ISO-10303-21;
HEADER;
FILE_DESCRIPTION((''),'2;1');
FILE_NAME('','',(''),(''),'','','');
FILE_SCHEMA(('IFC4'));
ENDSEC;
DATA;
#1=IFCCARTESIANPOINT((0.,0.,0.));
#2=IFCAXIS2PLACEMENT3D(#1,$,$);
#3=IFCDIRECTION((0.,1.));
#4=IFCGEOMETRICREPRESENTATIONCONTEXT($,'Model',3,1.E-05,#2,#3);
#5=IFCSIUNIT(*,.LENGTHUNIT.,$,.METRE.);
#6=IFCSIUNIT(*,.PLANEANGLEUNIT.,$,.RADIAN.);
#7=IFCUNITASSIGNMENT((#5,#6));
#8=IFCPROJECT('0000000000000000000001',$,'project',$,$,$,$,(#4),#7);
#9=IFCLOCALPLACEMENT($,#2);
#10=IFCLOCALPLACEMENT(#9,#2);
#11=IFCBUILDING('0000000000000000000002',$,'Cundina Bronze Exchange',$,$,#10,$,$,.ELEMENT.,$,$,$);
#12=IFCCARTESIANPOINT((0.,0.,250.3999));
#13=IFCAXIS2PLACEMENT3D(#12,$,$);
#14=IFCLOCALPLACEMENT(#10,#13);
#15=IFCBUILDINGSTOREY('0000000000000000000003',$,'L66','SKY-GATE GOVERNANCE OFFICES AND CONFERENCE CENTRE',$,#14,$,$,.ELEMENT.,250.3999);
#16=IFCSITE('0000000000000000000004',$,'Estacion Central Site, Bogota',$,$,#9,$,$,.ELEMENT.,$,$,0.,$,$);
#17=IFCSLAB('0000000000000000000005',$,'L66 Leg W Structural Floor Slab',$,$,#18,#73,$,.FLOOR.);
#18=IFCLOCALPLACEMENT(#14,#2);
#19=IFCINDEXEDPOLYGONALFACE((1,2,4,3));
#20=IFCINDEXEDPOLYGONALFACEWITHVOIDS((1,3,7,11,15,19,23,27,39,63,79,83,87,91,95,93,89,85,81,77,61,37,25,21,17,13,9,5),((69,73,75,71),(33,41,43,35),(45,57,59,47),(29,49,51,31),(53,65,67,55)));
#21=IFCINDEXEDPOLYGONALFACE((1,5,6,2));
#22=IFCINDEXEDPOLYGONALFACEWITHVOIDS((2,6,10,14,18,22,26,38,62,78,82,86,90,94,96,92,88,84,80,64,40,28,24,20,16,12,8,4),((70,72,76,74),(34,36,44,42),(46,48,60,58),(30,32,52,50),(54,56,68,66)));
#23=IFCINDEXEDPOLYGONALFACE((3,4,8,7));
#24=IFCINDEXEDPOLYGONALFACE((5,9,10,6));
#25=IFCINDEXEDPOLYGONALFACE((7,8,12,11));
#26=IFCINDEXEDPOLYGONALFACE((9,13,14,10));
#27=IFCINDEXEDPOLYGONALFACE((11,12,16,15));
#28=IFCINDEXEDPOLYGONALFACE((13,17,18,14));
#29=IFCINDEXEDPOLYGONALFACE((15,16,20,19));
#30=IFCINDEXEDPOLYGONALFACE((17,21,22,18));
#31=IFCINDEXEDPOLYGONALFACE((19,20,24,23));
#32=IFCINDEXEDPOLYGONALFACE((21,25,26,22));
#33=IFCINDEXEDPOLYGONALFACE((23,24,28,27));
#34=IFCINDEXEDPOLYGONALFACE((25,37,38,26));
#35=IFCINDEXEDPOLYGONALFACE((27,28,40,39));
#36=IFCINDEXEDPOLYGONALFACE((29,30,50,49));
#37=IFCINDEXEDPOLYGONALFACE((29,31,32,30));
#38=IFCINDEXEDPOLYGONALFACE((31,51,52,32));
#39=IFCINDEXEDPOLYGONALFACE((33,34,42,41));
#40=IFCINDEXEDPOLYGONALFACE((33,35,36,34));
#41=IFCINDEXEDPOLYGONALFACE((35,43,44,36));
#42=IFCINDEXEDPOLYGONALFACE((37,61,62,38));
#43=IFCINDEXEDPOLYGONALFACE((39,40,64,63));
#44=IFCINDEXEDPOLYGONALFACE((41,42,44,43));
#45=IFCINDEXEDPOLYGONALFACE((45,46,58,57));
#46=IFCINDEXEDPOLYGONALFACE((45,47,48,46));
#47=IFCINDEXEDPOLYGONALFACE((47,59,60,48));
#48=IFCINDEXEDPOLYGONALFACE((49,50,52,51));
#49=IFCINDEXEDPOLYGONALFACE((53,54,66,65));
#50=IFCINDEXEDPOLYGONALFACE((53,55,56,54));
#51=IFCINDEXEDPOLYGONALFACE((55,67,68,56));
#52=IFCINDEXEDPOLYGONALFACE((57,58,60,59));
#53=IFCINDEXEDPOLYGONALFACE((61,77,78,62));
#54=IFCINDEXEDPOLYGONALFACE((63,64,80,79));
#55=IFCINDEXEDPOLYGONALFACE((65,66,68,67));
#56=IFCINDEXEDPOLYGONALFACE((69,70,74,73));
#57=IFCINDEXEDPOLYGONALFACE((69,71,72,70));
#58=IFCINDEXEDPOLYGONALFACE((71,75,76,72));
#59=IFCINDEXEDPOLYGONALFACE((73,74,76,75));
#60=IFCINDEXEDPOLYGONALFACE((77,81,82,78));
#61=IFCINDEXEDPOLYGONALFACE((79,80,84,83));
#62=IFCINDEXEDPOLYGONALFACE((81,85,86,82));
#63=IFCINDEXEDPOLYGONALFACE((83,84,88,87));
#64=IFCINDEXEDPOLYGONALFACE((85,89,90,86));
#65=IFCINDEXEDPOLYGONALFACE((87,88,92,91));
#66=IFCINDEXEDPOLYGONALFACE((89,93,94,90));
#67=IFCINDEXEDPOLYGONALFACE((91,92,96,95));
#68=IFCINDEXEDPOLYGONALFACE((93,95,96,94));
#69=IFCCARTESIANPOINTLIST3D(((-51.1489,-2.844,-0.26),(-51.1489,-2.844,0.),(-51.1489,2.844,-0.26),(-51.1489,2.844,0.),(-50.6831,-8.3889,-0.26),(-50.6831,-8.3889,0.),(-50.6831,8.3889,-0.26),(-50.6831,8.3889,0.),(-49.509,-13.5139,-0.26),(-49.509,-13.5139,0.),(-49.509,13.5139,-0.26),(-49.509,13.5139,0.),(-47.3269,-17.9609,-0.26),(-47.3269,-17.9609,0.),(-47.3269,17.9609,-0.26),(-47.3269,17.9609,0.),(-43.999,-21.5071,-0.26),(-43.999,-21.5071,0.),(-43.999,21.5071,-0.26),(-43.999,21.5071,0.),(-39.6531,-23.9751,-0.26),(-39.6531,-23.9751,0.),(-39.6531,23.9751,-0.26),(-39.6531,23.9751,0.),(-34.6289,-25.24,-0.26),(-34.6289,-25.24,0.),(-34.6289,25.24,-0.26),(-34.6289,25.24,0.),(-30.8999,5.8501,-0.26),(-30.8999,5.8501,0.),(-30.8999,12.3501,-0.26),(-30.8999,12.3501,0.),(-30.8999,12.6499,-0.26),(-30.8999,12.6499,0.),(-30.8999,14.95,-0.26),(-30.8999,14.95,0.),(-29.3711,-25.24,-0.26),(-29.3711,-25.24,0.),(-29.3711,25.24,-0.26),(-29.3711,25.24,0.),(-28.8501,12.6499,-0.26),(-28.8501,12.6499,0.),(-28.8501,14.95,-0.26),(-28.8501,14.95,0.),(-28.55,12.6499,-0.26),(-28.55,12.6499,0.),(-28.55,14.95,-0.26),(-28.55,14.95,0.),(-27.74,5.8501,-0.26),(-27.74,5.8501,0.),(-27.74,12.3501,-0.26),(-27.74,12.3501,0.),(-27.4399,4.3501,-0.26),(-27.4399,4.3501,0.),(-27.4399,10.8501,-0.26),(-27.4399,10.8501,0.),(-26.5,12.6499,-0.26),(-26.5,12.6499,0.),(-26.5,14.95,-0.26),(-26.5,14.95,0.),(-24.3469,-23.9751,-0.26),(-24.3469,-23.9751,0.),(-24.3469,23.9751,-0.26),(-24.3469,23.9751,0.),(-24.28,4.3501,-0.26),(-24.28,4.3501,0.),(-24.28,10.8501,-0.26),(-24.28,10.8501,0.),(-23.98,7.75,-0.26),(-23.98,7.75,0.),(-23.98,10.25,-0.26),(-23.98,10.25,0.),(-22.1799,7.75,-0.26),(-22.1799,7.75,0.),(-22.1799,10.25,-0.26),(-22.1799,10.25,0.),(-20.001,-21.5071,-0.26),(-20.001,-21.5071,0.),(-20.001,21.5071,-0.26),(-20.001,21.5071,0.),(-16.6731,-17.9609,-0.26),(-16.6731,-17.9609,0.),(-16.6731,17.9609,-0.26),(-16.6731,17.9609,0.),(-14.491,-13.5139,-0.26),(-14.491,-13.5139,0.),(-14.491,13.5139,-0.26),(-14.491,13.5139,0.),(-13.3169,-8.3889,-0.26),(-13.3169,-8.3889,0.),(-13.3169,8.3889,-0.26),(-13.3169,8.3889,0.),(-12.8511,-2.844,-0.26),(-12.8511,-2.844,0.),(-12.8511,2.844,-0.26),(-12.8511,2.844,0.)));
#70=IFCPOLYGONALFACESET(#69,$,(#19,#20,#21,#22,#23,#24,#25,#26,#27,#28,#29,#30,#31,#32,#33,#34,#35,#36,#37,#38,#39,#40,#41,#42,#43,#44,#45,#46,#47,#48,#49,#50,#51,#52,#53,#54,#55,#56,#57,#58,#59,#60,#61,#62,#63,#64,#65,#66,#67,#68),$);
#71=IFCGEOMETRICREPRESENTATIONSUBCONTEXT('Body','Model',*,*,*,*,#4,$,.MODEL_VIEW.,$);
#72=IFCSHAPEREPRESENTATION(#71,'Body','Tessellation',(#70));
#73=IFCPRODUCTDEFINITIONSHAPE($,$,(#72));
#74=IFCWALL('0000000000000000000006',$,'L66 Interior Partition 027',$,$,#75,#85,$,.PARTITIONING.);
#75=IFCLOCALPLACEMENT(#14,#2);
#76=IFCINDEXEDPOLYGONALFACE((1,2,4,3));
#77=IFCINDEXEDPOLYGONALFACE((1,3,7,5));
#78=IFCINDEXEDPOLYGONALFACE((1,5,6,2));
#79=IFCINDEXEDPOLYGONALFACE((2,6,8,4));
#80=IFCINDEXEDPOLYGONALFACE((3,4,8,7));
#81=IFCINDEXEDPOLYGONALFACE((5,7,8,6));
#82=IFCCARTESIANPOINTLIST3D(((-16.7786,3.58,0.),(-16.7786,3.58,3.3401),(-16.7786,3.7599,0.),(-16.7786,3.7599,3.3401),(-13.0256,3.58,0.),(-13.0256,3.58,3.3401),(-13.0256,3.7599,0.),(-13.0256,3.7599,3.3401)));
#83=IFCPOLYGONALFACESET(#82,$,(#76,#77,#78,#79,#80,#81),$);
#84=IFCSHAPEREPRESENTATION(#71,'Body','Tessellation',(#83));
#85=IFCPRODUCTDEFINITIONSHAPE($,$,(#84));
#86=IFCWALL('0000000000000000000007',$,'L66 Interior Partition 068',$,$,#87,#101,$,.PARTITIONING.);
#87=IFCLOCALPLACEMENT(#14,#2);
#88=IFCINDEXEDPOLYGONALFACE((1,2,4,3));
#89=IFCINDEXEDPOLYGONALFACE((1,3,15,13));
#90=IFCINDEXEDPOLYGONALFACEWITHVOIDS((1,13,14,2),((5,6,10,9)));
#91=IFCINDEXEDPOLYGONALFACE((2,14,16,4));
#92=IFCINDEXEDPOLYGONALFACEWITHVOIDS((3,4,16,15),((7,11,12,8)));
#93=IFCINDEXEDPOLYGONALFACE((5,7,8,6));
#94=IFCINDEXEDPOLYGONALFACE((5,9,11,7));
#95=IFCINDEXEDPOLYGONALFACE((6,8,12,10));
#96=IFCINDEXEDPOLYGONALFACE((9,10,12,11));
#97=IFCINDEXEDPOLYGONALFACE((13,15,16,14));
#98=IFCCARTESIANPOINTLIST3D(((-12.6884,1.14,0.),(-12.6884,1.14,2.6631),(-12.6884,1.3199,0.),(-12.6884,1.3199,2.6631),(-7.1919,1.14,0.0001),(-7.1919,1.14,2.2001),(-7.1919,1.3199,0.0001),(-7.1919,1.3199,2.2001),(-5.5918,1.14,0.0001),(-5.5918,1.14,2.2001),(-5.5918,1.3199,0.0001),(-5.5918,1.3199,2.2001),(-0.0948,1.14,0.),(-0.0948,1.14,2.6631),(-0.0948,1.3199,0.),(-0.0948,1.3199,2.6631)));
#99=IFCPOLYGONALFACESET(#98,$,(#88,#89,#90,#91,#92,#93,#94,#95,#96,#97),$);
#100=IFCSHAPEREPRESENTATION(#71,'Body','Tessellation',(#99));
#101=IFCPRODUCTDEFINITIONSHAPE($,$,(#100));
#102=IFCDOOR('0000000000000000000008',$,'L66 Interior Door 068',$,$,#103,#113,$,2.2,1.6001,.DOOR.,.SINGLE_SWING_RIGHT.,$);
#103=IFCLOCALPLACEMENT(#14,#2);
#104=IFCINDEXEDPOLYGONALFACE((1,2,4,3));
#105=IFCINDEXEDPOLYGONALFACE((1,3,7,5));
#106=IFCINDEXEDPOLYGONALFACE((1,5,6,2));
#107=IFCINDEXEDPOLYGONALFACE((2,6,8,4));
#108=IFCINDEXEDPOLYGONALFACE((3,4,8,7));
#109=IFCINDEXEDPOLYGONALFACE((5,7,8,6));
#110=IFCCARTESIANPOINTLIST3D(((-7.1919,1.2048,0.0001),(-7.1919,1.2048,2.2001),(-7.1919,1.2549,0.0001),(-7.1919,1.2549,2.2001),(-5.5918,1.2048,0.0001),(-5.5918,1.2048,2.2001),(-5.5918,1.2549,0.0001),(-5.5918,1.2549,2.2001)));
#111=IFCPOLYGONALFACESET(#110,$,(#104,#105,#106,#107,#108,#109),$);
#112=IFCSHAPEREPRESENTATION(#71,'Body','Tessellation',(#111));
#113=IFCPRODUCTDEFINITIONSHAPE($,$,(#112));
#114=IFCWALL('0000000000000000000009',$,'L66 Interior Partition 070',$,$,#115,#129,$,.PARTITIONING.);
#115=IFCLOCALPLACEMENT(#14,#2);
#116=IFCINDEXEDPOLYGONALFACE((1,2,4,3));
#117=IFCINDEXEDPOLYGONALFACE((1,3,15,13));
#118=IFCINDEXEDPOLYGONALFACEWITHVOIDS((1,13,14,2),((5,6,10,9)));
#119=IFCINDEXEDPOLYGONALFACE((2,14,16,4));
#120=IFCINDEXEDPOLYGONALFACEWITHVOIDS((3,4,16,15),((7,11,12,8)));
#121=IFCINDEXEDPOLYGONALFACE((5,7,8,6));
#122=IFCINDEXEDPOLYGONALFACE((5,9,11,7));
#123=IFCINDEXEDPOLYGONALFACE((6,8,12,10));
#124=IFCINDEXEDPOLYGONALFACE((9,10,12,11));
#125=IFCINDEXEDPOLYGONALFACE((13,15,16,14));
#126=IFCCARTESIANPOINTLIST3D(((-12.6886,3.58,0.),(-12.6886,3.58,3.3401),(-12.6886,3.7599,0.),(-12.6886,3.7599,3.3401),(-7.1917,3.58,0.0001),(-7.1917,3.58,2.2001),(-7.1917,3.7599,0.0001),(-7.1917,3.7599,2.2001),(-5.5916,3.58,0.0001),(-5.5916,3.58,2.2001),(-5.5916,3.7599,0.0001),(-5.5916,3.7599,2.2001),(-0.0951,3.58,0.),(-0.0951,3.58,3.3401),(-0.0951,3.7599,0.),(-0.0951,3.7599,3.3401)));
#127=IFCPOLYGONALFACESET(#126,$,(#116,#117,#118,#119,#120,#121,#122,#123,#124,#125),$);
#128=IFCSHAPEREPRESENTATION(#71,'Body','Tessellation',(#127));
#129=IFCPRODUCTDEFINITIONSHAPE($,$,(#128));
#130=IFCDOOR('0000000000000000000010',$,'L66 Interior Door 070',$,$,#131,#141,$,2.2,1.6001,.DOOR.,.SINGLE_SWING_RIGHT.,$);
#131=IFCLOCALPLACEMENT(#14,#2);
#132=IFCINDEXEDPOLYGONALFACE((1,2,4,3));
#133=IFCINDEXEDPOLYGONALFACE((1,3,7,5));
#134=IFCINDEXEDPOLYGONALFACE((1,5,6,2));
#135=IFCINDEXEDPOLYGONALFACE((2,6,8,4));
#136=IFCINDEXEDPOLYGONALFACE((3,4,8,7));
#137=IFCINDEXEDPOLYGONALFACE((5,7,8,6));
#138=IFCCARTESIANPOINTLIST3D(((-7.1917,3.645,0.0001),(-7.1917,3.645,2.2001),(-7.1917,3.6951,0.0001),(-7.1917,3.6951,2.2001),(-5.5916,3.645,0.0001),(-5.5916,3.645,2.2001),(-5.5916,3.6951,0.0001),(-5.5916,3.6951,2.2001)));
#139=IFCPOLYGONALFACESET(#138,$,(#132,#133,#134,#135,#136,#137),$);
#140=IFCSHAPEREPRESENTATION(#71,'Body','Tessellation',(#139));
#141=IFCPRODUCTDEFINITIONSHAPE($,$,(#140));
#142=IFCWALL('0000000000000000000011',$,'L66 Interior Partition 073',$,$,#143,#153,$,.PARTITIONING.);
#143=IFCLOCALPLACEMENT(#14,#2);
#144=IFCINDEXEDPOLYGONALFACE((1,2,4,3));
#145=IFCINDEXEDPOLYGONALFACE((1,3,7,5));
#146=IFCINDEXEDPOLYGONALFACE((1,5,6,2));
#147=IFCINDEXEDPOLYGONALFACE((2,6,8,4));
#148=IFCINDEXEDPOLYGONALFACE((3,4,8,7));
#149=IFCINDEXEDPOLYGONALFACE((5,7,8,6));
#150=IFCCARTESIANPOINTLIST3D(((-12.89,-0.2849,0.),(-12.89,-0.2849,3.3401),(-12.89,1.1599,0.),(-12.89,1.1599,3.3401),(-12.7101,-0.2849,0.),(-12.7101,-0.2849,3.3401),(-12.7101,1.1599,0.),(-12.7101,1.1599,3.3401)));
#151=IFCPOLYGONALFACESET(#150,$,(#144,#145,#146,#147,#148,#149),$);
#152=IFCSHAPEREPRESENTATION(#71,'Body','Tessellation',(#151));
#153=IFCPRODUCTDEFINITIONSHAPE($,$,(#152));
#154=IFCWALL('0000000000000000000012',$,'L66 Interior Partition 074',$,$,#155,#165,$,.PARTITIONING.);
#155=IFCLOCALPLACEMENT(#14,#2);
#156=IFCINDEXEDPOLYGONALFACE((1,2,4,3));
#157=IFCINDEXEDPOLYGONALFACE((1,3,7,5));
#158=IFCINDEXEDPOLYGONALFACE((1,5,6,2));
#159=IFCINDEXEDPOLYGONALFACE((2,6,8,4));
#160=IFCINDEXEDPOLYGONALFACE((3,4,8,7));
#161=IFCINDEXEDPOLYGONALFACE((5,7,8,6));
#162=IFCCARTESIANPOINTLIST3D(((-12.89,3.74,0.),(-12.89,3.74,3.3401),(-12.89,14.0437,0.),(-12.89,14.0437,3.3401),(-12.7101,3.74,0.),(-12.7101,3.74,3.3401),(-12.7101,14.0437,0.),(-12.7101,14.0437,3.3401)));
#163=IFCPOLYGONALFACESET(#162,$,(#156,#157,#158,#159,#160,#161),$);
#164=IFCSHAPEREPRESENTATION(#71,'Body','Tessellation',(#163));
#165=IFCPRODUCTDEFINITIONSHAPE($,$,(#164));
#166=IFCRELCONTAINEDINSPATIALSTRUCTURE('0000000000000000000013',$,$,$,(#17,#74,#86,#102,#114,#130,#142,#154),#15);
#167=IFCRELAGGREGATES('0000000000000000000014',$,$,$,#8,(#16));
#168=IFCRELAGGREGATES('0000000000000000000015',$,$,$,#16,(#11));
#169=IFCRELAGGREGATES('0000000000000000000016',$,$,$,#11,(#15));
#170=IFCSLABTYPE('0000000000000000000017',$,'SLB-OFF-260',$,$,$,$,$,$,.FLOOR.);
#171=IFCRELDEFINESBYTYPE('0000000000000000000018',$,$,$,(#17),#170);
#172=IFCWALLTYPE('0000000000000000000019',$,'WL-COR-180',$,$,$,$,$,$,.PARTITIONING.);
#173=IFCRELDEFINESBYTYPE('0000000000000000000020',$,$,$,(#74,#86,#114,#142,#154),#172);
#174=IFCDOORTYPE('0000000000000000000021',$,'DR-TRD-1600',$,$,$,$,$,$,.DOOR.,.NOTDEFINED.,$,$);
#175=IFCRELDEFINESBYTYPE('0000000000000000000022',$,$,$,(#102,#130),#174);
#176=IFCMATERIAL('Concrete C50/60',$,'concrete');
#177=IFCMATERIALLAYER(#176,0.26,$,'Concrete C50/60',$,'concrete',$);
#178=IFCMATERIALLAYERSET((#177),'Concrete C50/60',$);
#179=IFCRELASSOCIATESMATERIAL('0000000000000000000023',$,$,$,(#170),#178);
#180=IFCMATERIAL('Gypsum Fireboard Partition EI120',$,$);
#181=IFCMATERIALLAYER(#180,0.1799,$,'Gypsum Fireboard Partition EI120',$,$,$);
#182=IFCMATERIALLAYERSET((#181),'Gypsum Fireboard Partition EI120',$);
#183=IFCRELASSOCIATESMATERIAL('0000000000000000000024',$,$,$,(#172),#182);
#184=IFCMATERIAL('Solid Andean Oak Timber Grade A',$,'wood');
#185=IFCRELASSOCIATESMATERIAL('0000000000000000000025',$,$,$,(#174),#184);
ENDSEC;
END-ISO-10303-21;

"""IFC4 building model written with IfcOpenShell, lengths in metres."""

from ifc_helpers import new_model, si_unit, direction, frame, frame_2d, origin, place, context, subcontext, project, spatial, polyline, rectangle, outline, extrude, material, layer, layer_set, type_object, element, fill, save


model = new_model("IFC4")

# Units and contexts
model_context = context("Model", 3, precision=1e-05, world=origin(), true_north=direction((0.0, 1.0)))
body_context = subcontext(model_context, "Body", "Model", "MODEL_VIEW")
ifc_project = project(units=[si_unit("LENGTHUNIT", "METRE"), si_unit("PLANEANGLEUNIT", "RADIAN")], contexts=[model_context])

# Site, building, storey
site_placement = place(None, origin())
site = spatial("IfcSite", under=ifc_project, at=site_placement, Name="Estacion Central Site, Bogota", CompositionType="ELEMENT", RefElevation=0.0)
building_placement = place(site_placement, origin())
building = spatial("IfcBuilding", under=site, at=building_placement, Name="Cundina Bronze Exchange", CompositionType="ELEMENT")
storey_placement = place(building_placement, frame((0.0, 0.0, 250.3999)))
storey = spatial("IfcBuildingStorey", under=building, at=storey_placement, Name="L66", Description="SKY-GATE GOVERNANCE OFFICES AND CONFERENCE CENTRE", CompositionType="ELEMENT", Elevation=250.3999)

# Shared definitions
ifc_material_1 = material(Name="Concrete C50/60", Category="concrete")

# Slab
ifc_layer_1 = layer(ifc_material_1, 0.26, Name="Concrete C50/60", Category="concrete")
ifc_layer_set_1 = layer_set([ifc_layer_1], Name="Concrete C50/60")
slab_type = type_object("IfcSlabType", Name="SLB-OFF-260", PredefinedType="FLOOR", material=ifc_layer_set_1)
slab_placement = place(storey_placement, frame((0.0, 0.0, -0.26)))
element("IfcSlab", 1, at=slab_placement, inside=storey, type_object=slab_type, Name="L66 Leg W Structural Floor Slab", PredefinedType="FLOOR", context=body_context, shape_type="SweptSolid", body=[
    extrude(outline(polyline([(-12.8511, 2.844), (-13.3169, 8.3889), (-14.491, 13.5139), (-16.6731, 17.9609), (-20.001, 21.5071), (-24.3469, 23.9751), (-29.3711, 25.24), (-34.6289, 25.24), (-39.6531, 23.9751), (-43.999, 21.5071), (-47.3269, 17.9609), (-49.509, 13.5139), (-50.6831, 8.3889), (-51.1489, 2.844), (-51.1489, -2.844), (-50.6831, -8.3889), (-49.509, -13.5139), (-47.3269, -17.9609), (-43.999, -21.5071), (-39.6531, -23.9751), (-34.6289, -25.24), (-29.3711, -25.24), (-24.3469, -23.9751), (-20.001, -21.5071), (-16.6731, -17.9609), (-14.491, -13.5139), (-13.3169, -8.3889), (-12.8511, -2.844), (-12.8511, 2.844)]), holes=[polyline([(-27.74, 5.8501), (-27.74, 12.3501), (-30.8999, 12.3501), (-30.8999, 5.8501), (-27.74, 5.8501)]), polyline([(-27.4399, 10.8501), (-27.4399, 4.3501), (-24.28, 4.3501), (-24.28, 10.8501), (-27.4399, 10.8501)]), polyline([(-23.98, 10.25), (-22.1799, 10.25), (-22.1799, 7.75), (-23.98, 7.75), (-23.98, 10.25)]), polyline([(-30.8999, 14.95), (-28.8501, 14.95), (-28.8501, 12.6499), (-30.8999, 12.6499), (-30.8999, 14.95)]), polyline([(-28.55, 14.95), (-26.5, 14.95), (-26.5, 12.6499), (-28.55, 12.6499), (-28.55, 14.95)])]), origin(), (0.0, 0.0, 1.0), 0.26),
])

# Wall
ifc_material_2 = material(Name="Gypsum Fireboard Partition EI120")
ifc_layer_2 = layer(ifc_material_2, 0.1799, Name="Gypsum Fireboard Partition EI120")
ifc_layer_set_2 = layer_set([ifc_layer_2], Name="Gypsum Fireboard Partition EI120")
wall_type = type_object("IfcWallType", Name="WL-COR-180", PredefinedType="PARTITIONING", material=ifc_layer_set_2)
wall_1_placement = place(storey_placement, frame((-13.0256, 3.6699, 0.0), z_axis=(0.0, 0.0, 1.0), x_axis=(-1.0, 0.0, 0.0)))
element("IfcWall", 2, at=wall_1_placement, inside=storey, type_object=wall_type, Name="L66 Interior Partition 027", PredefinedType="PARTITIONING", context=body_context, shape_type="SweptSolid", body=[
    extrude(rectangle(XDim=3.7529, YDim=0.1799, at=frame_2d((1.8765, 0.0))), origin(), (0.0, 0.0, 1.0), 3.3401),
])

# Walls, openings, doors
wall_2_placement = place(storey_placement, frame((-12.6885, 1.23, 0.0), z_axis=(0.0, 0.0, 1.0), x_axis=(1.0, 0.0, 0.0)))
wall_2 = element("IfcWall", 3, at=wall_2_placement, inside=storey, type_object=wall_type, Name="L66 Interior Partition 068", PredefinedType="PARTITIONING", context=body_context, shape_type="SweptSolid", body=[
    extrude(rectangle(XDim=12.5935, YDim=0.1799, at=frame_2d((6.2969, 0.0))), origin(), (0.0, 0.0, 1.0), 2.6631),
])
opening_1_placement = place(wall_2_placement, frame((5.4966, 0.0, 0.0)))
opening_1 = element("IfcOpeningElement", 4, at=opening_1_placement, cuts=wall_2, PredefinedType="OPENING", context=body_context, shape_type="SweptSolid", body=[
    extrude(rectangle(XDim=1.6001, YDim=2.2, at=frame_2d((0.8, 1.1001))), frame((0.0, 0.0999, 0.0), z_axis=(0.0, -1.0, 0.0), x_axis=(1.0, 0.0, 0.0)), (0.0, 0.0, 1.0), 0.2),
])
ifc_material_3 = material(Name="Solid Andean Oak Timber Grade A", Category="wood")
door_type_1 = type_object("IfcDoorType", Name="DR-TRD-1600", OperationType="NOTDEFINED", PredefinedType="DOOR", material=ifc_material_3)
door_1_placement = place(opening_1_placement, origin())
door_1 = element("IfcDoor", 5, at=door_1_placement, inside=storey, type_object=door_type_1, Name="L66 Interior Door 068", OperationType="SINGLE_SWING_RIGHT", OverallHeight=2.2, OverallWidth=1.6001, PredefinedType="DOOR", context=body_context, shape_type="SweptSolid", body=[
    extrude(rectangle(XDim=1.6001, YDim=2.2, at=frame_2d((0.8, 1.1001))), frame((0.0, 0.0249, 0.0), z_axis=(0.0, -1.0, 0.0), x_axis=(1.0, 0.0, 0.0)), (0.0, 0.0, 1.0), 0.05),
])
fill(opening_1, door_1)
wall_3_placement = place(storey_placement, frame((-0.095, 3.6699, 0.0), z_axis=(0.0, 0.0, 1.0), x_axis=(-1.0, 0.0, 0.0)))
wall_3 = element("IfcWall", 6, at=wall_3_placement, inside=storey, type_object=wall_type, Name="L66 Interior Partition 070", PredefinedType="PARTITIONING", context=body_context, shape_type="SweptSolid", body=[
    extrude(rectangle(XDim=12.5935, YDim=0.1799, at=frame_2d((6.2969, 0.0))), origin(), (0.0, 0.0, 1.0), 3.3401),
])
opening_2_placement = place(wall_3_placement, frame((5.4966, 0.0, 0.0)))
opening_2 = element("IfcOpeningElement", 7, at=opening_2_placement, cuts=wall_3, PredefinedType="OPENING", context=body_context, shape_type="SweptSolid", body=[
    extrude(rectangle(XDim=1.6001, YDim=2.2, at=frame_2d((0.8, 1.1001))), frame((0.0, 0.0999, 0.0), z_axis=(0.0, -1.0, 0.0), x_axis=(1.0, 0.0, 0.0)), (0.0, 0.0, 1.0), 0.2),
])
door_2_placement = place(opening_2_placement, origin())
door_2 = element("IfcDoor", 8, at=door_2_placement, inside=storey, type_object=door_type_1, Name="L66 Interior Door 070", OperationType="SINGLE_SWING_RIGHT", OverallHeight=2.2, OverallWidth=1.6001, PredefinedType="DOOR", context=body_context, shape_type="SweptSolid", body=[
    extrude(rectangle(XDim=1.6001, YDim=2.2, at=frame_2d((0.8, 1.1001))), frame((0.0, 0.0249, 0.0), z_axis=(0.0, -1.0, 0.0), x_axis=(1.0, 0.0, 0.0)), (0.0, 0.0, 1.0), 0.05),
])
fill(opening_2, door_2)

# Walls
wall_4_placement = place(storey_placement, frame((-12.8, -0.2849, 0.0), z_axis=(0.0, 0.0, 1.0), x_axis=(0.0, 1.0, 0.0)))
element("IfcWall", 9, at=wall_4_placement, inside=storey, type_object=wall_type, Name="L66 Interior Partition 073", PredefinedType="PARTITIONING", context=body_context, shape_type="SweptSolid", body=[
    extrude(rectangle(XDim=1.4448, YDim=0.1799, at=frame_2d((0.7224, 0.0))), origin(), (0.0, 0.0, 1.0), 3.3401),
])
wall_5_placement = place(storey_placement, frame((-12.8, 3.74, 0.0), z_axis=(0.0, 0.0, 1.0), x_axis=(0.0, 1.0, 0.0)))
element("IfcWall", 10, at=wall_5_placement, inside=storey, type_object=wall_type, Name="L66 Interior Partition 074", PredefinedType="PARTITIONING", context=body_context, shape_type="SweptSolid", body=[
    extrude(rectangle(XDim=10.3037, YDim=0.1799, at=frame_2d((5.1519, 0.0))), origin(), (0.0, 0.0, 1.0), 3.3401),
])

save(model, "model.ifc")
